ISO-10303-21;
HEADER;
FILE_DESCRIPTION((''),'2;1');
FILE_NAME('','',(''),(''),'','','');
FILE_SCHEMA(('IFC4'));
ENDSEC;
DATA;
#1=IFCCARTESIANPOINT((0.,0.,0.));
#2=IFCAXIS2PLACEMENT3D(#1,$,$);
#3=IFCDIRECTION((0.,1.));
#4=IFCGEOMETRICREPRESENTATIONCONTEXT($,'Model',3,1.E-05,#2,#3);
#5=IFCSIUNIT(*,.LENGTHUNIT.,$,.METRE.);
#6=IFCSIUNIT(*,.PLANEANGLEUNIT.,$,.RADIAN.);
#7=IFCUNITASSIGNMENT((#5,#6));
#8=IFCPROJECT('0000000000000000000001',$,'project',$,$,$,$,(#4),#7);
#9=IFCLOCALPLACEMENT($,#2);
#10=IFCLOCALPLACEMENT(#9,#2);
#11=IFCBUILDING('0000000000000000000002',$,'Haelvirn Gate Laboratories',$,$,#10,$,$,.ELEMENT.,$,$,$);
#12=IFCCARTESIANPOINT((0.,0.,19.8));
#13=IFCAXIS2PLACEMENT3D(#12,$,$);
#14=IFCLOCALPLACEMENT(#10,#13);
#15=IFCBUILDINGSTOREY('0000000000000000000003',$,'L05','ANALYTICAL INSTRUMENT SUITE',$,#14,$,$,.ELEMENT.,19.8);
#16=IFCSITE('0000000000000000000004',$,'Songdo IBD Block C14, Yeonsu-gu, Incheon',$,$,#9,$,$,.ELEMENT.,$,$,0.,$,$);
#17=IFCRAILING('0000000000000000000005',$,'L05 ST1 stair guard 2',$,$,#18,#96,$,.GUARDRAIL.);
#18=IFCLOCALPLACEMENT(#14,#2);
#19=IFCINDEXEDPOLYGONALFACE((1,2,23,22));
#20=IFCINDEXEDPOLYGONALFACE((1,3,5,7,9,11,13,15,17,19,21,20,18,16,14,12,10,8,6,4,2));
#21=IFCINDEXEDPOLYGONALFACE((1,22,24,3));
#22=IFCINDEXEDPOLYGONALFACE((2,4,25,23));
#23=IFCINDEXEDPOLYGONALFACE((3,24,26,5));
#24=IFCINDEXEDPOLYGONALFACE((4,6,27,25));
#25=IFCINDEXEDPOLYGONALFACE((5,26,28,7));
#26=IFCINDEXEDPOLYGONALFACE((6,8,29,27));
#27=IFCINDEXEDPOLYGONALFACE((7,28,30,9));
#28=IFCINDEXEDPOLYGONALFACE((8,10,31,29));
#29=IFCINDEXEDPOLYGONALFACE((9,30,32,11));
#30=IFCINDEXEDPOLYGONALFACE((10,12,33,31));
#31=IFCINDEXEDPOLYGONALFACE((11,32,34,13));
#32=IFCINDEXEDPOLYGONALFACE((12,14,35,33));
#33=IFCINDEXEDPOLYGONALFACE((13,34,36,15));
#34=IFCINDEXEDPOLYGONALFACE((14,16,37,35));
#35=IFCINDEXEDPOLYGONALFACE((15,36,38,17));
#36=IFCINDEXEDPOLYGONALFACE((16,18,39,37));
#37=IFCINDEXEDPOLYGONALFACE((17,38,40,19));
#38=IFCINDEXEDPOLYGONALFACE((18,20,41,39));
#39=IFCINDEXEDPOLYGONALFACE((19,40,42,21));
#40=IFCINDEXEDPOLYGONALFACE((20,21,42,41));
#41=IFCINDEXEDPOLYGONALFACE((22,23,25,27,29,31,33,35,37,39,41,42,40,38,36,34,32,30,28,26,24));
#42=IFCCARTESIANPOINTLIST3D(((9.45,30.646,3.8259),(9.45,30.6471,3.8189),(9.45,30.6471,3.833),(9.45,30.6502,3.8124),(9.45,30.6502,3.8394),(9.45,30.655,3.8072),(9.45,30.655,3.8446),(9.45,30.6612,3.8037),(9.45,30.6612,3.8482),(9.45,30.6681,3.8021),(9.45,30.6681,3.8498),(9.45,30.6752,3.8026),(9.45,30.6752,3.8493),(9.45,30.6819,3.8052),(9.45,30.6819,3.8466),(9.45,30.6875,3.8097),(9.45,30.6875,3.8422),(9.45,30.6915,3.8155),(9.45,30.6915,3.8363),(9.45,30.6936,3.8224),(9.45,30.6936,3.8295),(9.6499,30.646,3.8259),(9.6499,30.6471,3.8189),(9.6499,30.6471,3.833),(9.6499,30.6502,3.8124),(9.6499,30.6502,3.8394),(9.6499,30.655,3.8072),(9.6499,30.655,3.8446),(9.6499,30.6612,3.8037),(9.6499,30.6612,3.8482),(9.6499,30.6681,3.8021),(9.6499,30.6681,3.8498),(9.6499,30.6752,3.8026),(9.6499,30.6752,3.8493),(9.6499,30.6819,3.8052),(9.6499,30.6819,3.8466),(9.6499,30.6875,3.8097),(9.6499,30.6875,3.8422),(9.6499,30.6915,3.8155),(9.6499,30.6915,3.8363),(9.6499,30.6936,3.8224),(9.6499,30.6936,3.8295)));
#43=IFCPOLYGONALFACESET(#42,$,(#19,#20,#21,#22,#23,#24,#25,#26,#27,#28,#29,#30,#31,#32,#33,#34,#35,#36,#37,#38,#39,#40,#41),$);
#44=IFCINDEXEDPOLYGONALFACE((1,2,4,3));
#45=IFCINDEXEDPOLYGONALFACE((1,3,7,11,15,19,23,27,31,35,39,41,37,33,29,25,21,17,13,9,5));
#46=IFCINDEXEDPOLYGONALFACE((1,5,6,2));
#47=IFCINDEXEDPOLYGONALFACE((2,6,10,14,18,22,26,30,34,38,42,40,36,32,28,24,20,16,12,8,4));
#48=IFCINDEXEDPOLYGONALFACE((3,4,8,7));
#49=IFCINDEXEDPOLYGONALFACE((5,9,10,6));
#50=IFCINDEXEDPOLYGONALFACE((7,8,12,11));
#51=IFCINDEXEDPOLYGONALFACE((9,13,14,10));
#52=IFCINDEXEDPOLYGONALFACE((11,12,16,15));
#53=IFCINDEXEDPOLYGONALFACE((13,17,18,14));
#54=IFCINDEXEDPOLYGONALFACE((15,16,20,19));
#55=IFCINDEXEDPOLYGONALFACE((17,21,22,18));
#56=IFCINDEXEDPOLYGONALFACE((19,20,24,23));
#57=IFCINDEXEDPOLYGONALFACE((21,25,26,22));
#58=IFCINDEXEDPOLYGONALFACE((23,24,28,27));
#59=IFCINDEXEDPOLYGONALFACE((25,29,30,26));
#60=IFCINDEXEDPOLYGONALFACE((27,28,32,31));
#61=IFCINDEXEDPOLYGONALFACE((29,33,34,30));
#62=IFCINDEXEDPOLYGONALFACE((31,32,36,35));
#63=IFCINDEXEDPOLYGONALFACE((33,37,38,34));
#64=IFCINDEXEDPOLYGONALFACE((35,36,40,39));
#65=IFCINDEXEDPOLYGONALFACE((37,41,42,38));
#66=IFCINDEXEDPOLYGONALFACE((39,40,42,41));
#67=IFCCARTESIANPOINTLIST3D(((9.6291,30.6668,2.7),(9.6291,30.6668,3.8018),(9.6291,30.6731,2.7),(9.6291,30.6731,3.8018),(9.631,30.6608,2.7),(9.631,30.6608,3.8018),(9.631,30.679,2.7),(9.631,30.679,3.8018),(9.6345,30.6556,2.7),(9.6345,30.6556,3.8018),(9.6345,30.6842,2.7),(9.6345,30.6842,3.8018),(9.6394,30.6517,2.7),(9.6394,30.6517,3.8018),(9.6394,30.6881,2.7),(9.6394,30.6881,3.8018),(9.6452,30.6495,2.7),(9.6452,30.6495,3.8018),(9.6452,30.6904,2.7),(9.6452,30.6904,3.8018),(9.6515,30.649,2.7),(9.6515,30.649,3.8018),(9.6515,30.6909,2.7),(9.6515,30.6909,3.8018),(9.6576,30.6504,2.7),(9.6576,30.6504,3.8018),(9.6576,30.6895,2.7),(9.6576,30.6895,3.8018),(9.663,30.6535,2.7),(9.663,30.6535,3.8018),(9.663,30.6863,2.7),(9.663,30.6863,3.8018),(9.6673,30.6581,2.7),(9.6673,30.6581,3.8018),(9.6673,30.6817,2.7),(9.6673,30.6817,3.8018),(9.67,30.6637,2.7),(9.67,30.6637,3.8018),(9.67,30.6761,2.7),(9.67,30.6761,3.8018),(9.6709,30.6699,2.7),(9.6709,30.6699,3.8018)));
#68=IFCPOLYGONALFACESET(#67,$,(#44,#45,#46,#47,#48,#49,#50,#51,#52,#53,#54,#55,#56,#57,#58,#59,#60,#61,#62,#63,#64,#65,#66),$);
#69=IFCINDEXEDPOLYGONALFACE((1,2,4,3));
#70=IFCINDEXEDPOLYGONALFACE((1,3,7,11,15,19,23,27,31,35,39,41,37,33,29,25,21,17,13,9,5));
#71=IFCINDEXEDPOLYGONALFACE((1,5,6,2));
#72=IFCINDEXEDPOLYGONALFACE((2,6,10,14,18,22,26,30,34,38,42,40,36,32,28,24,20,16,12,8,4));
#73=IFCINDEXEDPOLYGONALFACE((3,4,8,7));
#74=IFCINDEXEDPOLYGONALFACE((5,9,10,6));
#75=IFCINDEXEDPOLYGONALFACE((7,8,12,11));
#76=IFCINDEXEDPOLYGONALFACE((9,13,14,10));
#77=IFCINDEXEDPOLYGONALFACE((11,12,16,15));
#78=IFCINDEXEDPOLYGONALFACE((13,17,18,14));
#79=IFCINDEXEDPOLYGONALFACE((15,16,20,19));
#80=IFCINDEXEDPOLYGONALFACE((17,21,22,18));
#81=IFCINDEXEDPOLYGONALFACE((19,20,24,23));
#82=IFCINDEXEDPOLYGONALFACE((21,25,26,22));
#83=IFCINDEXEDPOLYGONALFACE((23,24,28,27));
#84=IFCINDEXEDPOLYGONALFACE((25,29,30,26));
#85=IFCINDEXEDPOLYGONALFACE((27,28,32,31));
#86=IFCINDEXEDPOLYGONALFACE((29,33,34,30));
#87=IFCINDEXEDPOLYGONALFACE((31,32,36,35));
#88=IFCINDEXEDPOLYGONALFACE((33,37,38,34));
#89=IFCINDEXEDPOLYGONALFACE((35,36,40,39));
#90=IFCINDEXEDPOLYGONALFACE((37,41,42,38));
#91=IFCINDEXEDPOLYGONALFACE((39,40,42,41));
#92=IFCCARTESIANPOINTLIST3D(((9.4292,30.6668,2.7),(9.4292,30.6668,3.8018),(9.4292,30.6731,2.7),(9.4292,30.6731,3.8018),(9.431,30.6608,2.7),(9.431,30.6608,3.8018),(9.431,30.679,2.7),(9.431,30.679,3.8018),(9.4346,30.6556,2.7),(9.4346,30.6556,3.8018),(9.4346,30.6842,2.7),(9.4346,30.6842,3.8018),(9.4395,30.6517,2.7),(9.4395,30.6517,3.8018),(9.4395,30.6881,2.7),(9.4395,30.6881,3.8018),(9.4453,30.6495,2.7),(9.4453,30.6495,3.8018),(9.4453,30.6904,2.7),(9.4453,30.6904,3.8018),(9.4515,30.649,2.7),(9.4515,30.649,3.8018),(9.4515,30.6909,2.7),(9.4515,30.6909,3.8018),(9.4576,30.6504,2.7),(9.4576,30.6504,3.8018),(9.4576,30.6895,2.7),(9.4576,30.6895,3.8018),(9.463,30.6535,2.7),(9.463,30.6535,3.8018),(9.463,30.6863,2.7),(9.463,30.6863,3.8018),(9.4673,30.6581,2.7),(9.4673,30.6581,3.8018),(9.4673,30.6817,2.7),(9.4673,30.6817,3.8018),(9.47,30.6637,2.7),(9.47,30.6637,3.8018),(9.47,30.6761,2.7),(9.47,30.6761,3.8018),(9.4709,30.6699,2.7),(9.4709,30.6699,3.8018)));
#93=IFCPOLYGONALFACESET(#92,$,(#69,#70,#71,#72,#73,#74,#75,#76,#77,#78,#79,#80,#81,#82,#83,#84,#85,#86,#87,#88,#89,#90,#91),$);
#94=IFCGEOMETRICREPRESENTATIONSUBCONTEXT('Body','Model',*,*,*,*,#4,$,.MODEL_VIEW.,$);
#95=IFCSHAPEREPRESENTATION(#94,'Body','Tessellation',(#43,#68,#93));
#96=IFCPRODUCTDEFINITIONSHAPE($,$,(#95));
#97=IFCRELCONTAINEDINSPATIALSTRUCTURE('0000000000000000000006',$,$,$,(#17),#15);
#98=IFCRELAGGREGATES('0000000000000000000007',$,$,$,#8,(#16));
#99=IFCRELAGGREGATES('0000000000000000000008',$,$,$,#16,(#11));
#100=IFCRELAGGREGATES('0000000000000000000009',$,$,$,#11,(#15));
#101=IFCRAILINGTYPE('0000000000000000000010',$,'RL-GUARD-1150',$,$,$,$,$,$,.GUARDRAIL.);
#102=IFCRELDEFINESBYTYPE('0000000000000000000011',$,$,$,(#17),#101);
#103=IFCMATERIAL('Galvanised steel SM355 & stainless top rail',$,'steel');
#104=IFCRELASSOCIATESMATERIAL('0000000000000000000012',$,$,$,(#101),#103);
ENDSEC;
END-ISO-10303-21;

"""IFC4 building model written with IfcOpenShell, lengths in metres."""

from ifc_helpers import new_model, si_unit, direction, frame, origin, origin_2d, place, context, subcontext, project, spatial, circle, extrude, source, transform, mapped, material, type_object, element, save


model = new_model("IFC4")

# Units and contexts
model_context = context("Model", 3, precision=1e-05, world=origin(), true_north=direction((0.0, 1.0)))
body_context = subcontext(model_context, "Body", "Model", "MODEL_VIEW")
ifc_project = project(units=[si_unit("LENGTHUNIT", "METRE"), si_unit("PLANEANGLEUNIT", "RADIAN")], contexts=[model_context])

# Site, building, storey
site_placement = place(None, origin())
site = spatial("IfcSite", under=ifc_project, at=site_placement, Name="Songdo IBD Block C14, Yeonsu-gu, Incheon", CompositionType="ELEMENT", RefElevation=0.0)
building_placement = place(site_placement, origin())
building = spatial("IfcBuilding", under=site, at=building_placement, Name="Haelvirn Gate Laboratories", CompositionType="ELEMENT")
storey_placement = place(building_placement, frame((0.0, 0.0, 19.8)))
storey = spatial("IfcBuildingStorey", under=building, at=storey_placement, Name="L05", Description="ANALYTICAL INSTRUMENT SUITE", CompositionType="ELEMENT", Elevation=19.8)

# Railing
ifc_material_1 = material(Name="Galvanised steel SM355 & stainless top rail", Category="steel")
railing_type_1 = type_object("IfcRailingType", Name="RL-GUARD-1150", PredefinedType="GUARDRAIL", material=ifc_material_1)
shared_shape_1 = source(origin(), body_context, "Body", "SweptSolid", [
    extrude(circle(Radius=0.0239, at=origin_2d()), frame((0.0, 0.0, 1.126), z_axis=(-1.0, 0.0, 0.0), x_axis=(0.0, -1.0, 0.0)), (0.0, 0.0, 1.0), 0.2),
    extrude(circle(Radius=0.021, at=origin_2d()), origin(), (0.0, 0.0, 1.0), 1.1018),
    extrude(circle(Radius=0.021, at=origin_2d()), frame((-0.2, 0.0, 0.0)), (0.0, 0.0, 1.0), 1.1018),
])
railing_1_placement = place(storey_placement, frame((9.6499, 30.6699, 2.7)))
element("IfcRailing", 1, at=railing_1_placement, inside=storey, type_object=railing_type_1, Name="L05 ST1 stair guard 2", PredefinedType="GUARDRAIL", context=body_context, shape_type="MappedRepresentation", body=[
    mapped(shared_shape_1, transform((0.0, 0.0, 0.0), scale=1.0)),
])

save(model, "model.ifc")
